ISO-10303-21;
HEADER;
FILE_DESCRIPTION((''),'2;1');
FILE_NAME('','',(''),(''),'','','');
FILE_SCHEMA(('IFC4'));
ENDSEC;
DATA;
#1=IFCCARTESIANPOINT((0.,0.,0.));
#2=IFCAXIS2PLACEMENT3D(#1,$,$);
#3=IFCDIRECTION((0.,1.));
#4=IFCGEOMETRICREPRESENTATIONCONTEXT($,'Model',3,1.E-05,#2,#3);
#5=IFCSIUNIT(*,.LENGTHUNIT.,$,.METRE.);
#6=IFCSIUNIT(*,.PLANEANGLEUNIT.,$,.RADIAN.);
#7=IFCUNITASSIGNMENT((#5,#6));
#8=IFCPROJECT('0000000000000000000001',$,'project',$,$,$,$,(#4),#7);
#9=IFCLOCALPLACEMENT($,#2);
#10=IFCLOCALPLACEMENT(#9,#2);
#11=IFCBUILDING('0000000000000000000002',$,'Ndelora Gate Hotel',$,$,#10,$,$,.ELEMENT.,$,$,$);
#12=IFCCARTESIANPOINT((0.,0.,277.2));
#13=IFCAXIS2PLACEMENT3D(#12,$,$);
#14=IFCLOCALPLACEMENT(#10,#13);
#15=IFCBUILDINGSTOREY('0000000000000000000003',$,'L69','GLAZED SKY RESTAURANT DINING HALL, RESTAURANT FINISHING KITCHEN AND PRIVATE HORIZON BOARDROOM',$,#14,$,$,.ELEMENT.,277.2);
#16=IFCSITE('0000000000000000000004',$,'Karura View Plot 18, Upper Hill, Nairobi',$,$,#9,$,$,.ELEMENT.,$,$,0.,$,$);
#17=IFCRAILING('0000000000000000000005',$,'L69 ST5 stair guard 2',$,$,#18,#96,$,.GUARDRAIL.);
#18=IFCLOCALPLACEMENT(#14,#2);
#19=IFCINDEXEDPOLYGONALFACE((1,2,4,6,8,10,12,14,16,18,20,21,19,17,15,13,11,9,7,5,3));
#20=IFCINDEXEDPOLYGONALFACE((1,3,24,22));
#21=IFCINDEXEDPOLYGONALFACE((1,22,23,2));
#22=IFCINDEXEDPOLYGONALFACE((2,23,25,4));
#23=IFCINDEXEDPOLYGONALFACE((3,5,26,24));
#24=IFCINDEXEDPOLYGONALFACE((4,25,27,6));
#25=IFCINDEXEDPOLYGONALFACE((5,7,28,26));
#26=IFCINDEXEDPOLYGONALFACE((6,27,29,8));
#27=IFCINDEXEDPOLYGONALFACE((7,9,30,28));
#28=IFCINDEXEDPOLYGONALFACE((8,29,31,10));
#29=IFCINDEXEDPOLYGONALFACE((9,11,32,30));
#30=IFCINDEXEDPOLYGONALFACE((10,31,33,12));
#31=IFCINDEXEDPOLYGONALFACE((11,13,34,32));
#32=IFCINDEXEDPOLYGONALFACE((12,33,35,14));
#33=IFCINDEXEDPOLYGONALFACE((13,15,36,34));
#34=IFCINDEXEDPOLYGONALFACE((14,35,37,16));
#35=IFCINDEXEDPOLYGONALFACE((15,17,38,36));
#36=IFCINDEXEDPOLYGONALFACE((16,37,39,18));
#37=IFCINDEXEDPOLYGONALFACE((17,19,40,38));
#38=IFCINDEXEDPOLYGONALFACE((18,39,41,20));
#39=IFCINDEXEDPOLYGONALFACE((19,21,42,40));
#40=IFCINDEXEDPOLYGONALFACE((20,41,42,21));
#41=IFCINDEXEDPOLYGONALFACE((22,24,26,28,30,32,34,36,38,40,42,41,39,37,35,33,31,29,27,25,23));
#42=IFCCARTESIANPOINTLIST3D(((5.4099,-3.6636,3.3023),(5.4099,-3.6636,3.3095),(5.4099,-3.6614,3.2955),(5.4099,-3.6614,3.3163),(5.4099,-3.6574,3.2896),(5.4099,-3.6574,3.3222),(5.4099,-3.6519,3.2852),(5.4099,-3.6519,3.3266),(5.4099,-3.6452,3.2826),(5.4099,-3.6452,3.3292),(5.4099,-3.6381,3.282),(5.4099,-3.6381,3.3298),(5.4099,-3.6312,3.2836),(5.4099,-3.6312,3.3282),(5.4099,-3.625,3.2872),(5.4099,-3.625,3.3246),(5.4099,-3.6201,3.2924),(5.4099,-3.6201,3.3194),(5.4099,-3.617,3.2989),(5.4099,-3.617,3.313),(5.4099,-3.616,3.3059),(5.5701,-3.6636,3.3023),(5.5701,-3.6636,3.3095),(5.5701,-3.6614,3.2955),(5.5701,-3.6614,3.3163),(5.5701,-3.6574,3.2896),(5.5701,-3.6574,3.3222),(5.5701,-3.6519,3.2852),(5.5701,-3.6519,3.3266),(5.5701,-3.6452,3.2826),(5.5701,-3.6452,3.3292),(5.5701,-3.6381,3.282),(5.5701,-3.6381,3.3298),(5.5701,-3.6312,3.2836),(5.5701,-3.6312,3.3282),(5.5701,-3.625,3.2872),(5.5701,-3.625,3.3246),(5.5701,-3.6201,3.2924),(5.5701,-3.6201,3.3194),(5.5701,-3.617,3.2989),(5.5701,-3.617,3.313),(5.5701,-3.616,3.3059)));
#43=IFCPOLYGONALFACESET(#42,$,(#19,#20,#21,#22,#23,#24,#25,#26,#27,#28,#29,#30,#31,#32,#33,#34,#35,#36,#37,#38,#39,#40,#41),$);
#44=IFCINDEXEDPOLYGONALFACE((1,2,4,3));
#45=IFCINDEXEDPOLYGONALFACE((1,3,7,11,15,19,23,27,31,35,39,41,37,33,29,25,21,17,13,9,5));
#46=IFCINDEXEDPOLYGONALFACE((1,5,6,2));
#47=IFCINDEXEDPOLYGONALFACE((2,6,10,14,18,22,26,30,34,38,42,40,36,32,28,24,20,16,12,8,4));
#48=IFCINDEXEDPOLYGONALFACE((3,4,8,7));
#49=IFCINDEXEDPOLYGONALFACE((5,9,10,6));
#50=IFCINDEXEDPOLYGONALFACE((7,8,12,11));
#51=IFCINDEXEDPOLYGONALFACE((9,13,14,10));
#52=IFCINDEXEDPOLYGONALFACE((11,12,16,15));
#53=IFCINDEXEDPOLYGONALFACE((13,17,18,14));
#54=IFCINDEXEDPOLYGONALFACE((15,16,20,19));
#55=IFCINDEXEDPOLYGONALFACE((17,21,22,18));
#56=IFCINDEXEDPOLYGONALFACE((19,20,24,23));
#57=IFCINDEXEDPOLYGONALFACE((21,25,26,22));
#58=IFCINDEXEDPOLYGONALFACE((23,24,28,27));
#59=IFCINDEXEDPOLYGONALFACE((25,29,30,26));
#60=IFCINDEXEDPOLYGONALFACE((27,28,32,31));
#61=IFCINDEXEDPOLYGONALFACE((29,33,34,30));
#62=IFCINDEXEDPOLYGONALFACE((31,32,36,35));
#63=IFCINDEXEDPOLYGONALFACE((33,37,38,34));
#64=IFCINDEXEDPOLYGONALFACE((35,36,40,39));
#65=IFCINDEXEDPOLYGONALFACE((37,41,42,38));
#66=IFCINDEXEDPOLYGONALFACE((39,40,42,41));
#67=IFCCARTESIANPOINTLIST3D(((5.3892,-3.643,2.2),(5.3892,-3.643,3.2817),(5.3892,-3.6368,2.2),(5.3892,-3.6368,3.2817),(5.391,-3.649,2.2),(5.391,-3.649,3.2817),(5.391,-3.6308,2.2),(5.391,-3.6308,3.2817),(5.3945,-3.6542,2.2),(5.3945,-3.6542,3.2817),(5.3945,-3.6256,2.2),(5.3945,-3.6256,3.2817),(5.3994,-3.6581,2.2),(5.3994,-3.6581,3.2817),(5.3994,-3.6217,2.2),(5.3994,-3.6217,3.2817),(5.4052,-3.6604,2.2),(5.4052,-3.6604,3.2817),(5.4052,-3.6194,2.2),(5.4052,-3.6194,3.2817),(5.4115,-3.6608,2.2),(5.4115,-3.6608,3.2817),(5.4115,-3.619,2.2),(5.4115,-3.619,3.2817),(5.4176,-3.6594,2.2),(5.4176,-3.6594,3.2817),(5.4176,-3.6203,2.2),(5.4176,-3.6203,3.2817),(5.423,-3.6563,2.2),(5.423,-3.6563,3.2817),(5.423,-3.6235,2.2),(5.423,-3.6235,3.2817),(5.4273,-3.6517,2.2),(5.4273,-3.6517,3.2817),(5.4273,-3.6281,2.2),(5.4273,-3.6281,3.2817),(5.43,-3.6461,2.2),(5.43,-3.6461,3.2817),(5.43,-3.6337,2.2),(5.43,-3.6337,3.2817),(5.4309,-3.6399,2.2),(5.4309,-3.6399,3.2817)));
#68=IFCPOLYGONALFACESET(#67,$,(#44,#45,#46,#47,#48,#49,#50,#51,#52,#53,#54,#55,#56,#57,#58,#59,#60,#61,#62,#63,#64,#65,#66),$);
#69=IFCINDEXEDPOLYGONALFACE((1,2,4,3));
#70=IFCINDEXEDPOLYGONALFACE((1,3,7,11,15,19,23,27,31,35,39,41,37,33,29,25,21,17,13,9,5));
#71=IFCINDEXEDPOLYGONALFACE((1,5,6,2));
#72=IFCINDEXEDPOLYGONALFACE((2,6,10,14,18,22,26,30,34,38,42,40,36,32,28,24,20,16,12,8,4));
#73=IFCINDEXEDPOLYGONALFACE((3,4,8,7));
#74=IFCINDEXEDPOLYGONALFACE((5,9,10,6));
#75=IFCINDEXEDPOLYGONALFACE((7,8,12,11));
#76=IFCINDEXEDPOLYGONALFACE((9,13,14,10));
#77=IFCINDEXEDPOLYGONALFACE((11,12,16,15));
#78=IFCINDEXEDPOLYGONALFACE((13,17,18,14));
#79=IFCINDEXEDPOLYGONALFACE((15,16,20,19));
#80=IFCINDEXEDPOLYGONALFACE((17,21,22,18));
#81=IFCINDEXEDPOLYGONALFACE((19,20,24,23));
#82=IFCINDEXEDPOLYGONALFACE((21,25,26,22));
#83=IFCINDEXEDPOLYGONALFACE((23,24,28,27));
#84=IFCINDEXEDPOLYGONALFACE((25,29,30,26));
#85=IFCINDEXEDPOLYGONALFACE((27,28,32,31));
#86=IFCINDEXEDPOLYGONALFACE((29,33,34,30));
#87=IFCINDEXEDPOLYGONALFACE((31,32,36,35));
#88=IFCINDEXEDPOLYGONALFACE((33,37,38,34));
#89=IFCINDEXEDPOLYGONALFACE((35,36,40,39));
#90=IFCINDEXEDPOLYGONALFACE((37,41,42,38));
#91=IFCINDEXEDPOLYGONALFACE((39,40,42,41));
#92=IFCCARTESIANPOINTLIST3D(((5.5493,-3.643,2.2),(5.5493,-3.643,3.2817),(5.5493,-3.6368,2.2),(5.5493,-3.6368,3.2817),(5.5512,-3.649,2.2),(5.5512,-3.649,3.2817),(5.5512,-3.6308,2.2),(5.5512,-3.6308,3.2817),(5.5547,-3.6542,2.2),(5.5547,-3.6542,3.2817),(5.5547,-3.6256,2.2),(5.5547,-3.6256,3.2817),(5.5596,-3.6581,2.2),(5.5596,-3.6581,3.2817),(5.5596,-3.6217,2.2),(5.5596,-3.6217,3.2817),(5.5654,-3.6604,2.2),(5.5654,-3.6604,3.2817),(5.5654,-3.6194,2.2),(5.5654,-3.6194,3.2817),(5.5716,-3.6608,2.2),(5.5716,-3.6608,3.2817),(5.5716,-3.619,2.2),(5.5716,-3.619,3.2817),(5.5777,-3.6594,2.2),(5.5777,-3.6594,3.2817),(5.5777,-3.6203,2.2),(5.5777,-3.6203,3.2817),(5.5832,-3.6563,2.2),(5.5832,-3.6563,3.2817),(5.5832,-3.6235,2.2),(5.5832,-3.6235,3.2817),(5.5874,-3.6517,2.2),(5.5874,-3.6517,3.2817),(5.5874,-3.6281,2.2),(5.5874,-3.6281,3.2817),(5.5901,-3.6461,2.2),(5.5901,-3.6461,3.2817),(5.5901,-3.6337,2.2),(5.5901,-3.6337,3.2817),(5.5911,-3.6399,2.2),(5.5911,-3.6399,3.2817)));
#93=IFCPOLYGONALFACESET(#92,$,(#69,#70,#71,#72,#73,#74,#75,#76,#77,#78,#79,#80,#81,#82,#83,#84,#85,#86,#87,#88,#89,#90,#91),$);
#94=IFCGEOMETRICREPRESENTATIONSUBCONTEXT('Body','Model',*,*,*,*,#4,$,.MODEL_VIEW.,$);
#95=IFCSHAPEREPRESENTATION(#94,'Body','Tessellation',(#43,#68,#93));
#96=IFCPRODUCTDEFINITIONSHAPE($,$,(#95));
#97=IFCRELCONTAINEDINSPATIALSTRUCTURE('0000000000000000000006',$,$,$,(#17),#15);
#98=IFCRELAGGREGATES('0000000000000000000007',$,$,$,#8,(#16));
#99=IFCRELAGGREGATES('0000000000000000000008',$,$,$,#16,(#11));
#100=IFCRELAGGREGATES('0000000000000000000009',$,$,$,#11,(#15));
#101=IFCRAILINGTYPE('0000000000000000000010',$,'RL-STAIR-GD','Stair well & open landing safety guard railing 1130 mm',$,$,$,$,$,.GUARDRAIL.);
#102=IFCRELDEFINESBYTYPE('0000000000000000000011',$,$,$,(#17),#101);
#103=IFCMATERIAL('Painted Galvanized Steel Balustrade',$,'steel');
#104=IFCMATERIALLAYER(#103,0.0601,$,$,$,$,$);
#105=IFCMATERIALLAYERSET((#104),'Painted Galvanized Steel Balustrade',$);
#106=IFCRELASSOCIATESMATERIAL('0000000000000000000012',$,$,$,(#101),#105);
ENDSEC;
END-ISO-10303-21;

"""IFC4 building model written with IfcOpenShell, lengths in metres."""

from ifc_helpers import new_model, si_unit, direction, frame, origin, origin_2d, place, context, subcontext, project, spatial, circle, extrude, material, layer, layer_set, type_object, element, save


model = new_model("IFC4")

# Units and contexts
model_context = context("Model", 3, precision=1e-05, world=origin(), true_north=direction((0.0, 1.0)))
body_context = subcontext(model_context, "Body", "Model", "MODEL_VIEW")
ifc_project = project(units=[si_unit("LENGTHUNIT", "METRE"), si_unit("PLANEANGLEUNIT", "RADIAN")], contexts=[model_context])

# Site, building, storey
site_placement = place(None, origin())
site = spatial("IfcSite", under=ifc_project, at=site_placement, Name="Karura View Plot 18, Upper Hill, Nairobi", CompositionType="ELEMENT", RefElevation=0.0)
building_placement = place(site_placement, origin())
building = spatial("IfcBuilding", under=site, at=building_placement, Name="Ndelora Gate Hotel", CompositionType="ELEMENT")
storey_placement = place(building_placement, frame((0.0, 0.0, 277.2)))
storey = spatial("IfcBuildingStorey", under=building, at=storey_placement, Name="L69", Description="GLAZED SKY RESTAURANT DINING HALL, RESTAURANT FINISHING KITCHEN AND PRIVATE HORIZON BOARDROOM", CompositionType="ELEMENT", Elevation=277.2)

# Railing
ifc_material_1 = material(Name="Painted Galvanized Steel Balustrade", Category="steel")
ifc_layer_1 = layer(ifc_material_1, 0.0601)
ifc_layer_set_1 = layer_set([ifc_layer_1], Name="Painted Galvanized Steel Balustrade")
railing_type_1 = type_object("IfcRailingType", Name="RL-STAIR-GD", Description="Stair well & open landing safety guard railing 1130 mm", PredefinedType="GUARDRAIL", material=ifc_layer_set_1)
railing_1_placement = place(storey_placement, frame((5.4099, -3.6399, 2.2)))
element("IfcRailing", 1, at=railing_1_placement, inside=storey, type_object=railing_type_1, Name="L69 ST5 stair guard 2", PredefinedType="GUARDRAIL", context=body_context, shape_type="SweptSolid", body=[
    extrude(circle(Radius=0.0239, at=origin_2d()), frame((0.0, 0.0, 1.106), z_axis=(1.0, 0.0, 0.0), x_axis=(0.0, 1.0, 0.0)), (0.0, 0.0, 1.0), 0.1602),
    extrude(circle(Radius=0.021, at=origin_2d()), origin(), (0.0, 0.0, 1.0), 1.0818),
    extrude(circle(Radius=0.021, at=origin_2d()), frame((0.1602, 0.0, 0.0)), (0.0, 0.0, 1.0), 1.0818),
])

save(model, "model.ifc")
